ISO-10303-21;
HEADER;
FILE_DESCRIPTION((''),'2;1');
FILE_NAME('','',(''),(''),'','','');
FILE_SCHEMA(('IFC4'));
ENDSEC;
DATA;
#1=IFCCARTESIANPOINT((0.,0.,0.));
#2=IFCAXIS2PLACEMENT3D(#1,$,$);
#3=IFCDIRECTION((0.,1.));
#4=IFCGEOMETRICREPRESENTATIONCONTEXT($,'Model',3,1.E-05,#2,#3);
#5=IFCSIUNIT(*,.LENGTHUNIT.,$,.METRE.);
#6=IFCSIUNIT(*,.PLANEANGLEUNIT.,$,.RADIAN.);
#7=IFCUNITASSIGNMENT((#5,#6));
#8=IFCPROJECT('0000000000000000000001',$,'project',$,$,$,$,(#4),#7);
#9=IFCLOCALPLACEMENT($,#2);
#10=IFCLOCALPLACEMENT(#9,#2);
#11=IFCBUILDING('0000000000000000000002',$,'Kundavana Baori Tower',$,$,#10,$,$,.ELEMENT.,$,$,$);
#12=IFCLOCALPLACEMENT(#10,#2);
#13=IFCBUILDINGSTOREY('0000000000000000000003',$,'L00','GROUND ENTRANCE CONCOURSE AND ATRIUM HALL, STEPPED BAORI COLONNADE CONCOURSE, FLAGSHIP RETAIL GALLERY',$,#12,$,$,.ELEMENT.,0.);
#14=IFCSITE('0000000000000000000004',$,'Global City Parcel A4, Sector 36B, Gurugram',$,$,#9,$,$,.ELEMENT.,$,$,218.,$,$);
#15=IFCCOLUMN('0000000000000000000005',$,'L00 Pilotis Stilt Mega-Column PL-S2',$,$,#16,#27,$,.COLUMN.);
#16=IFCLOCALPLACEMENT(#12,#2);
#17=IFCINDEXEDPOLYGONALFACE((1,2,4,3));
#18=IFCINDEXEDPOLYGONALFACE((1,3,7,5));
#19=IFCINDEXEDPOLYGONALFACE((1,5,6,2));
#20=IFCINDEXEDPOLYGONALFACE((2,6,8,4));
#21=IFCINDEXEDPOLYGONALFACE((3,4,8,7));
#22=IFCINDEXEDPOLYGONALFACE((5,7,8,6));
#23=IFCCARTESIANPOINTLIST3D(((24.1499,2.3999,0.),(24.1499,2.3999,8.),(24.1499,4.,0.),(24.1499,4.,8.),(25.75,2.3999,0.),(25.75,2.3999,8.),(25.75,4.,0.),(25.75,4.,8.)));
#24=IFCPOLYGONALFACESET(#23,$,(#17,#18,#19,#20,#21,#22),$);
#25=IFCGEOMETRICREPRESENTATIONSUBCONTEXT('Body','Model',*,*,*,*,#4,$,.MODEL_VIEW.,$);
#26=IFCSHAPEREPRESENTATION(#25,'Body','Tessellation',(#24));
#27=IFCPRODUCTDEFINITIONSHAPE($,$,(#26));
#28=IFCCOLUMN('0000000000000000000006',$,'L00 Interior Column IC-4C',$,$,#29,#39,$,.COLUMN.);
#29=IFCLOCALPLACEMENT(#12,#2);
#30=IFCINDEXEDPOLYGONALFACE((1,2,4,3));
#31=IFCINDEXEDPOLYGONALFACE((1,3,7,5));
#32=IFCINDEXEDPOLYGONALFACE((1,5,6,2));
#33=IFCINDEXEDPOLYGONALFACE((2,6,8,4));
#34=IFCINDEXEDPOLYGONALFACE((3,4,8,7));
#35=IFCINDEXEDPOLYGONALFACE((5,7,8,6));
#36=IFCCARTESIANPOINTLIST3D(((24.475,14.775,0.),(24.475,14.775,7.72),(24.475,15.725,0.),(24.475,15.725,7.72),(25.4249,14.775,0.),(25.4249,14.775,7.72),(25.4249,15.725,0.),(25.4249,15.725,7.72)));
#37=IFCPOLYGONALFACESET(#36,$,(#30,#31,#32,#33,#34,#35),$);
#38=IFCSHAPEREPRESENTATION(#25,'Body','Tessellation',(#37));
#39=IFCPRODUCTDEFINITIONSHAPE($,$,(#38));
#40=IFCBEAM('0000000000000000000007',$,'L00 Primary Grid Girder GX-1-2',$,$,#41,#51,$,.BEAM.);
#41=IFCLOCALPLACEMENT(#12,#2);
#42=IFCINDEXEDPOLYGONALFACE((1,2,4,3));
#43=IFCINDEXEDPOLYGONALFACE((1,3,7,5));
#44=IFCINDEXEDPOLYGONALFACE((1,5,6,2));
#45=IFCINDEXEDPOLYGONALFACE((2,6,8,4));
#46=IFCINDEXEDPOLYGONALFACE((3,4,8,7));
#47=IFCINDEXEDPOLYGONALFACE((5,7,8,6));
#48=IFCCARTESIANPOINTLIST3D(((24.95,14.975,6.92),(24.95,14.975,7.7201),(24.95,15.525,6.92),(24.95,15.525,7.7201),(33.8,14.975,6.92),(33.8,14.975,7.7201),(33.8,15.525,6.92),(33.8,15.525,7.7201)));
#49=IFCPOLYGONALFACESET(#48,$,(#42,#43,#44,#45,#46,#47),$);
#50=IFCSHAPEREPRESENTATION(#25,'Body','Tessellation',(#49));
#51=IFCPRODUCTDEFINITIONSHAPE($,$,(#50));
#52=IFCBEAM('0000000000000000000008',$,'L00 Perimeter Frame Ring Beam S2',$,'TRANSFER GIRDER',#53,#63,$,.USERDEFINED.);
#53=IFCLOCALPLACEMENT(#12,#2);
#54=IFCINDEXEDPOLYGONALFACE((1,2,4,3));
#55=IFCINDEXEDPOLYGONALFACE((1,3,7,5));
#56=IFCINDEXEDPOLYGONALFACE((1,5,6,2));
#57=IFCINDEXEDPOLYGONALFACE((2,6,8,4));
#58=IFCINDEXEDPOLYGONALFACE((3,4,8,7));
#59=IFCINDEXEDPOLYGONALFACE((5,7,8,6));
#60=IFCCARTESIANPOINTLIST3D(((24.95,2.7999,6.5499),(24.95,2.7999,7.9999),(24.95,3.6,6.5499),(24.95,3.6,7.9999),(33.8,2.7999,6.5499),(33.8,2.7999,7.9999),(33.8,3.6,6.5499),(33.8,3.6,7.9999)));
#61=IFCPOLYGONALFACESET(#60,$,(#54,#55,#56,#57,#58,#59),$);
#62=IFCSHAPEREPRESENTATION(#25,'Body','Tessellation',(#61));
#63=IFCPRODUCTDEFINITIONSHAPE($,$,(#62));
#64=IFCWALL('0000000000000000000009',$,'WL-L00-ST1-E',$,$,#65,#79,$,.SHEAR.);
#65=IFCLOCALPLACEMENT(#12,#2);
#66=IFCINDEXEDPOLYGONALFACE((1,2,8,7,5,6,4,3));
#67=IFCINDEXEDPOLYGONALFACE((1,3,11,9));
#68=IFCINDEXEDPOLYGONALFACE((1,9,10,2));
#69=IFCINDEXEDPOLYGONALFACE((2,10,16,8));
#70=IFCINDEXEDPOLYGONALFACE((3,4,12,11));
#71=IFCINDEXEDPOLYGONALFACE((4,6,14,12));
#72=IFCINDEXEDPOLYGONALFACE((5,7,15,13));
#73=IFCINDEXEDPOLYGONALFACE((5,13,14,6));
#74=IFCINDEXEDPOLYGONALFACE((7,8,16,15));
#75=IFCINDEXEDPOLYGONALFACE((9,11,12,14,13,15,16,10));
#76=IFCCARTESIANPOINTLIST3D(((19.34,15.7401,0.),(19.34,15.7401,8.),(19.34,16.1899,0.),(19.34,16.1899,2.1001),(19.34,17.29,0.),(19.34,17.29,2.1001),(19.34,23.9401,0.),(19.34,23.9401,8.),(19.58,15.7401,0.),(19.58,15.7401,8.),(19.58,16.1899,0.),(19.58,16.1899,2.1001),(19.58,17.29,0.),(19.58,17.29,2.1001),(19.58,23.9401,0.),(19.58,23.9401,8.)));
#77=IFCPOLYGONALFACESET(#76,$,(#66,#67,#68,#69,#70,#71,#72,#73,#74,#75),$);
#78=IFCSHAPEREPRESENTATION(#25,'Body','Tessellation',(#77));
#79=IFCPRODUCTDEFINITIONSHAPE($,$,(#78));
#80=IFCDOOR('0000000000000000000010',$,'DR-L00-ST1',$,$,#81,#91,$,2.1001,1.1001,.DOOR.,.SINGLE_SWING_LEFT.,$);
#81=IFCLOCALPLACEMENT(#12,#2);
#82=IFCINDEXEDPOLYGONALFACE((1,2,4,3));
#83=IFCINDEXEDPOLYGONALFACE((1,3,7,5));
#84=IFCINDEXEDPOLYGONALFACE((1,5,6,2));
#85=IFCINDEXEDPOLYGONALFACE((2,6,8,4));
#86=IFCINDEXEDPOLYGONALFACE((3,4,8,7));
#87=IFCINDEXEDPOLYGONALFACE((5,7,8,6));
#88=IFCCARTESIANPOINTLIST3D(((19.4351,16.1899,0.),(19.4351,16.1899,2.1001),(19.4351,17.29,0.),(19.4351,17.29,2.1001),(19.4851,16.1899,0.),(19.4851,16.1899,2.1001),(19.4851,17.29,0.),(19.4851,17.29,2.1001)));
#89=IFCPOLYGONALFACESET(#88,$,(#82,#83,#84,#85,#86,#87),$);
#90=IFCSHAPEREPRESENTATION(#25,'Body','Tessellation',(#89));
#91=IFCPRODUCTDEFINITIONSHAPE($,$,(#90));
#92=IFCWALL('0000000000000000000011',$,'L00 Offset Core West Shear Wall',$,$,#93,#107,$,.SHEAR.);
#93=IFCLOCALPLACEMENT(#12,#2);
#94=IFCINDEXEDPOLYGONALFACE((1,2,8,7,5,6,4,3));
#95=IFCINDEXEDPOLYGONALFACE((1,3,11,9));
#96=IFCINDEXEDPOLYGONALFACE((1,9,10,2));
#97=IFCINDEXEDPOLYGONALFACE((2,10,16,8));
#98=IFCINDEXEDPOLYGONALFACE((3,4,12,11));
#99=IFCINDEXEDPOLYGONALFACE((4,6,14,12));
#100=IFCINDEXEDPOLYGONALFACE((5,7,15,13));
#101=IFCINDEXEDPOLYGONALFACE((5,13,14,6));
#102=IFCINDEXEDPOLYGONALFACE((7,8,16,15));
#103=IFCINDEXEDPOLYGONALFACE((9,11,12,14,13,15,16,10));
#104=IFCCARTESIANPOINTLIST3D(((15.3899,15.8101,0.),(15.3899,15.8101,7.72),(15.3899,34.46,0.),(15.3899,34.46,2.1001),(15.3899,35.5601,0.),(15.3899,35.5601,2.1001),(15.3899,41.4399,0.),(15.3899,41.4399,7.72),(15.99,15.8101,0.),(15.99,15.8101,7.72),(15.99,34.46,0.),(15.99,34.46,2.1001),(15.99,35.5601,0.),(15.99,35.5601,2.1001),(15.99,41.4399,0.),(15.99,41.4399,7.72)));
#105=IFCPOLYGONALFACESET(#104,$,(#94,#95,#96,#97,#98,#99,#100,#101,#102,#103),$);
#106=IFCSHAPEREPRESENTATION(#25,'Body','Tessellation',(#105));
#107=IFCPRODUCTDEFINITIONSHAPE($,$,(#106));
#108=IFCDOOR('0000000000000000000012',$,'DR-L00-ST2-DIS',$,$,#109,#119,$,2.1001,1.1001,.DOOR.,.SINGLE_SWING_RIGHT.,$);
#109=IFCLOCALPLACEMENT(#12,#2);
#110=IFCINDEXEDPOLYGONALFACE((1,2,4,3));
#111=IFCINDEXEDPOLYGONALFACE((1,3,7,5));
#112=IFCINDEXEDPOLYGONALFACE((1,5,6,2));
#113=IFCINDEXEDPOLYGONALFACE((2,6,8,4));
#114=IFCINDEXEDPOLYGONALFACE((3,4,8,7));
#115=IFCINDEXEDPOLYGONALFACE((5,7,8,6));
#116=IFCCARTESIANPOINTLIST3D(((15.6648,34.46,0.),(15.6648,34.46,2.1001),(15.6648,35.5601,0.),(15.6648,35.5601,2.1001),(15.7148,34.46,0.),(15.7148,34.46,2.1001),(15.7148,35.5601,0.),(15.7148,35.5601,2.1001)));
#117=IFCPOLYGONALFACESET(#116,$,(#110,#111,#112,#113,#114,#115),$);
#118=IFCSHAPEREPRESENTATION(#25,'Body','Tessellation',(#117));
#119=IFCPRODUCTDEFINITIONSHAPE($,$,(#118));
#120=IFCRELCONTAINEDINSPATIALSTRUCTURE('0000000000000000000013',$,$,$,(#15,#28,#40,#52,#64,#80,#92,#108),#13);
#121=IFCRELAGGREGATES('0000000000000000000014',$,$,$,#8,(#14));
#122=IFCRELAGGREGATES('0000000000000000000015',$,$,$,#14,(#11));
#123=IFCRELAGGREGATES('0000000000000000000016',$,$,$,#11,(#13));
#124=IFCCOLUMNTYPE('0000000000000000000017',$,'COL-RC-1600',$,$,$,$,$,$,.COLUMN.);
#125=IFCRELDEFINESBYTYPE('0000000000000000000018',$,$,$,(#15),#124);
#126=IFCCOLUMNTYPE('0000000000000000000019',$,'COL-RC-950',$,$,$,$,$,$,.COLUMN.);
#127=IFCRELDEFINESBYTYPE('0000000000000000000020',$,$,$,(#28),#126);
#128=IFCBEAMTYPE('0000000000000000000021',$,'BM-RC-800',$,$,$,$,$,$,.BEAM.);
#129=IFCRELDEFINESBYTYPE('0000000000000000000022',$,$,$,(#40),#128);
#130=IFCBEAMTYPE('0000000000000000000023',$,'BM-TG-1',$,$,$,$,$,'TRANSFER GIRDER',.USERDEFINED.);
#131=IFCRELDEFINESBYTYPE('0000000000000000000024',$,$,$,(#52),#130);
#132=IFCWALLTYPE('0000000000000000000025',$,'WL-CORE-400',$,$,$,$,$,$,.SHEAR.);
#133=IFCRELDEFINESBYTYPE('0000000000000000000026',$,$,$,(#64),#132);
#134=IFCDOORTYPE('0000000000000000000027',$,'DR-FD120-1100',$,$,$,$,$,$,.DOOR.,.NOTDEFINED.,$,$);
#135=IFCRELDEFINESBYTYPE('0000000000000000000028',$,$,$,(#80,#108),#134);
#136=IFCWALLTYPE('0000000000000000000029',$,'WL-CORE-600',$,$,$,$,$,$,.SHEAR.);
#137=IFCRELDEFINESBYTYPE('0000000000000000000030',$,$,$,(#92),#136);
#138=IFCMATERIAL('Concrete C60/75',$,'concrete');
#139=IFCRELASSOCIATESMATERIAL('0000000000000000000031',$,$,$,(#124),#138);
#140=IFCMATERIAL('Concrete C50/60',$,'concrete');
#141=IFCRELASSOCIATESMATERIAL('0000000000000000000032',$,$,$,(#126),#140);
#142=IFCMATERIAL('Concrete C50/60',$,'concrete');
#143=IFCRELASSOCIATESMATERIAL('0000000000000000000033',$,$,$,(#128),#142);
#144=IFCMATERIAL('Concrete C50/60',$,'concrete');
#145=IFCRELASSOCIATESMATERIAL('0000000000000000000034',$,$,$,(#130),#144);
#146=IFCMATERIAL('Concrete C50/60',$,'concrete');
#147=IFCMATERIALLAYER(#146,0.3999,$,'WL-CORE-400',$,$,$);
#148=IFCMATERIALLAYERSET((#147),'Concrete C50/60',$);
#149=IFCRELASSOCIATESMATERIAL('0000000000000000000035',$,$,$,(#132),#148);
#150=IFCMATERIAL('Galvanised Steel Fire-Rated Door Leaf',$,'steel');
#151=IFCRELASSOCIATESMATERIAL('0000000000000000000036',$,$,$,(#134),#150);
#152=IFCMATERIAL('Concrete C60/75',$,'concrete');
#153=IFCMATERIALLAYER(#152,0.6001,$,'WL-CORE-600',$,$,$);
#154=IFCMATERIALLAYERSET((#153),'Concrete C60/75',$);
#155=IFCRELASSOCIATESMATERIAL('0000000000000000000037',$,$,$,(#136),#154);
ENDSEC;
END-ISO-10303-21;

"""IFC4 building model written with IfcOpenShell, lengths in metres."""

from ifc_helpers import new_model, si_unit, direction, frame, frame_2d, origin, origin_2d, place, context, subcontext, project, spatial, rectangle, extrude, material, layer, layer_set, material_profile, profile_set, type_object, element, fill, save


model = new_model("IFC4")

# Units and contexts
model_context = context("Model", 3, precision=1e-05, world=origin(), true_north=direction((0.0, 1.0)))
body_context = subcontext(model_context, "Body", "Model", "MODEL_VIEW")
ifc_project = project(units=[si_unit("LENGTHUNIT", "METRE"), si_unit("PLANEANGLEUNIT", "RADIAN")], contexts=[model_context])

# Site, building, storey
site_placement = place(None, origin())
site = spatial("IfcSite", under=ifc_project, at=site_placement, Name="Global City Parcel A4, Sector 36B, Gurugram", CompositionType="ELEMENT", RefElevation=218.0)
building_placement = place(site_placement, origin())
building = spatial("IfcBuilding", under=site, at=building_placement, Name="Kundavana Baori Tower", CompositionType="ELEMENT")
storey_placement = place(building_placement, origin())
storey = spatial("IfcBuildingStorey", under=building, at=storey_placement, Name="L00", Description="GROUND ENTRANCE CONCOURSE AND ATRIUM HALL, STEPPED BAORI COLONNADE CONCOURSE, FLAGSHIP RETAIL GALLERY", CompositionType="ELEMENT", Elevation=0.0)

# Columns
ifc_material_1 = material(Name="Concrete C60/75", Category="concrete")
ifc_material_profile_1 = material_profile(ifc_material_1, rectangle(XDim=1.6001, YDim=1.6001, at=origin_2d()), Name="RC 1600x1600")
ifc_profile_set_1 = profile_set([ifc_material_profile_1], Name="Concrete C60/75")
column_type_1 = type_object("IfcColumnType", Name="COL-RC-1600", PredefinedType="COLUMN", material=ifc_profile_set_1)
column_1_placement = place(storey_placement, frame((24.95, 3.2, 0.0), z_axis=(0.0, 0.0, 1.0), x_axis=(1.0, 0.0, 0.0)))
element("IfcColumn", 1, at=column_1_placement, inside=storey, type_object=column_type_1, Name="L00 Pilotis Stilt Mega-Column PL-S2", PredefinedType="COLUMN", context=body_context, shape_type="SweptSolid", body=[
    extrude(rectangle(XDim=1.6001, YDim=1.6001, at=origin_2d()), origin(), (0.0, 0.0, 1.0), 8.0),
])
ifc_material_2 = material(Name="Concrete C50/60", Category="concrete")
ifc_material_profile_2 = material_profile(ifc_material_2, rectangle(XDim=0.95, YDim=0.95, at=origin_2d()), Name="RC 950x950")
ifc_profile_set_2 = profile_set([ifc_material_profile_2], Name="Concrete C50/60")
column_type_2 = type_object("IfcColumnType", Name="COL-RC-950", PredefinedType="COLUMN", material=ifc_profile_set_2)
column_2_placement = place(storey_placement, frame((24.95, 15.25, 0.0), z_axis=(0.0, 0.0, 1.0), x_axis=(1.0, 0.0, 0.0)))
element("IfcColumn", 2, at=column_2_placement, inside=storey, type_object=column_type_2, Name="L00 Interior Column IC-4C", PredefinedType="COLUMN", context=body_context, shape_type="SweptSolid", body=[
    extrude(rectangle(XDim=0.95, YDim=0.95, at=origin_2d()), origin(), (0.0, 0.0, 1.0), 7.72),
])

# Beams
ifc_material_3 = material(Name="Concrete C50/60", Category="concrete")
ifc_material_profile_3 = material_profile(ifc_material_3, rectangle(XDim=0.55, YDim=0.8, at=origin_2d()), Name="RC BM 550x800")
ifc_profile_set_3 = profile_set([ifc_material_profile_3], Name="Concrete C50/60")
beam_type_1 = type_object("IfcBeamType", Name="BM-RC-800", PredefinedType="BEAM", material=ifc_profile_set_3)
beam_1_placement = place(storey_placement, frame((24.95, 15.25, 7.3201), z_axis=(1.0, 0.0, 0.0), x_axis=(0.0, 1.0, 0.0)))
element("IfcBeam", 3, at=beam_1_placement, inside=storey, type_object=beam_type_1, Name="L00 Primary Grid Girder GX-1-2", PredefinedType="BEAM", context=body_context, shape_type="SweptSolid", body=[
    extrude(rectangle(XDim=0.55, YDim=0.8, at=origin_2d()), origin(), (0.0, 0.0, 1.0), 8.8501),
])
ifc_material_4 = material(Name="Concrete C50/60", Category="concrete")
ifc_material_profile_4 = material_profile(ifc_material_4, rectangle(XDim=0.8, YDim=1.45, at=origin_2d()), Name="BM-TG-1")
ifc_profile_set_4 = profile_set([ifc_material_profile_4], Name="Concrete C50/60")
beam_type_2 = type_object("IfcBeamType", Name="BM-TG-1", ElementType="TRANSFER GIRDER", PredefinedType="USERDEFINED", material=ifc_profile_set_4)
beam_2_placement = place(storey_placement, frame((24.95, 3.2, 7.2749), z_axis=(1.0, 0.0, 0.0), x_axis=(0.0, 1.0, 0.0)))
element("IfcBeam", 4, at=beam_2_placement, inside=storey, type_object=beam_type_2, Name="L00 Perimeter Frame Ring Beam S2", ObjectType="TRANSFER GIRDER", PredefinedType="USERDEFINED", context=body_context, shape_type="SweptSolid", body=[
    extrude(rectangle(XDim=0.8, YDim=1.45, at=origin_2d()), origin(), (0.0, 0.0, 1.0), 8.8501),
])

# Walls, openings, doors
ifc_material_5 = material(Name="Concrete C50/60", Category="concrete")
ifc_layer_1 = layer(ifc_material_5, 0.3999, Name="WL-CORE-400")
ifc_layer_set_1 = layer_set([ifc_layer_1], Name="Concrete C50/60")
wall_type_1 = type_object("IfcWallType", Name="WL-CORE-400", PredefinedType="SHEAR", material=ifc_layer_set_1)
wall_1_placement = place(storey_placement, frame((19.46, 15.74, 0.0), z_axis=(0.0, 0.0, 1.0), x_axis=(0.0, 1.0, 0.0)))
wall_1 = element("IfcWall", 5, at=wall_1_placement, inside=storey, type_object=wall_type_1, Name="WL-L00-ST1-E", PredefinedType="SHEAR", context=body_context, shape_type="SweptSolid", body=[
    extrude(rectangle(XDim=8.2, YDim=0.24, at=frame_2d((4.1001, 0.0))), origin(), (0.0, 0.0, 1.0), 8.0),
])
opening_1_placement = place(wall_1_placement, frame((0.45, 0.0, 0.0)))
opening_1 = element("IfcOpeningElement", 6, at=opening_1_placement, cuts=wall_1, PredefinedType="OPENING", context=body_context, shape_type="SweptSolid", body=[
    extrude(rectangle(XDim=1.1001, YDim=2.1001, at=frame_2d((0.55, 1.05))), frame((0.0, 0.1299, 0.0), z_axis=(0.0, -1.0, 0.0), x_axis=(1.0, 0.0, 0.0)), (0.0, 0.0, 1.0), 0.26),
])
ifc_material_6 = material(Name="Galvanised Steel Fire-Rated Door Leaf", Category="steel")
door_type_1 = type_object("IfcDoorType", Name="DR-FD120-1100", OperationType="NOTDEFINED", PredefinedType="DOOR", material=ifc_material_6)
door_1_placement = place(opening_1_placement, origin())
door_1 = element("IfcDoor", 7, at=door_1_placement, inside=storey, type_object=door_type_1, Name="DR-L00-ST1", OperationType="SINGLE_SWING_LEFT", OverallHeight=2.1001, OverallWidth=1.1001, PredefinedType="DOOR", context=body_context, shape_type="SweptSolid", body=[
    extrude(rectangle(XDim=1.1001, YDim=2.1001, at=frame_2d((0.55, 1.05))), frame((0.0, 0.0249, 0.0), z_axis=(0.0, -1.0, 0.0), x_axis=(1.0, 0.0, 0.0)), (0.0, 0.0, 1.0), 0.05),
])
fill(opening_1, door_1)
ifc_material_7 = material(Name="Concrete C60/75", Category="concrete")
ifc_layer_2 = layer(ifc_material_7, 0.6001, Name="WL-CORE-600")
ifc_layer_set_2 = layer_set([ifc_layer_2], Name="Concrete C60/75")
wall_type_2 = type_object("IfcWallType", Name="WL-CORE-600", PredefinedType="SHEAR", material=ifc_layer_set_2)
wall_2_placement = place(storey_placement, frame((15.6899, 15.8101, 0.0), z_axis=(0.0, 0.0, 1.0), x_axis=(0.0, 1.0, 0.0)))
wall_2 = element("IfcWall", 8, at=wall_2_placement, inside=storey, type_object=wall_type_2, Name="L00 Offset Core West Shear Wall", PredefinedType="SHEAR", context=body_context, shape_type="SweptSolid", body=[
    extrude(rectangle(XDim=25.6299, YDim=0.6001, at=frame_2d((12.8149, 0.0))), origin(), (0.0, 0.0, 1.0), 7.72),
])
opening_2_placement = place(wall_2_placement, frame((18.6499, 0.0, 0.0)))
opening_2 = element("IfcOpeningElement", 9, at=opening_2_placement, cuts=wall_2, PredefinedType="OPENING", context=body_context, shape_type="SweptSolid", body=[
    extrude(rectangle(XDim=1.1001, YDim=2.1001, at=frame_2d((0.55, 1.05))), frame((0.0, 0.3101, 0.0), z_axis=(0.0, -1.0, 0.0), x_axis=(1.0, 0.0, 0.0)), (0.0, 0.0, 1.0), 0.6201),
])
door_2_placement = place(opening_2_placement, frame((1.1001, 0.0, 0.0), z_axis=(0.0, 0.0, 1.0), x_axis=(-1.0, 0.0, 0.0)))
door_2 = element("IfcDoor", 10, at=door_2_placement, inside=storey, type_object=door_type_1, Name="DR-L00-ST2-DIS", OperationType="SINGLE_SWING_RIGHT", OverallHeight=2.1001, OverallWidth=1.1001, PredefinedType="DOOR", context=body_context, shape_type="SweptSolid", body=[
    extrude(rectangle(XDim=1.1001, YDim=2.1001, at=frame_2d((0.55, 1.05))), frame((0.0, 0.0249, 0.0), z_axis=(0.0, -1.0, 0.0), x_axis=(1.0, 0.0, 0.0)), (0.0, 0.0, 1.0), 0.05),
])
fill(opening_2, door_2)

save(model, "model.ifc")
